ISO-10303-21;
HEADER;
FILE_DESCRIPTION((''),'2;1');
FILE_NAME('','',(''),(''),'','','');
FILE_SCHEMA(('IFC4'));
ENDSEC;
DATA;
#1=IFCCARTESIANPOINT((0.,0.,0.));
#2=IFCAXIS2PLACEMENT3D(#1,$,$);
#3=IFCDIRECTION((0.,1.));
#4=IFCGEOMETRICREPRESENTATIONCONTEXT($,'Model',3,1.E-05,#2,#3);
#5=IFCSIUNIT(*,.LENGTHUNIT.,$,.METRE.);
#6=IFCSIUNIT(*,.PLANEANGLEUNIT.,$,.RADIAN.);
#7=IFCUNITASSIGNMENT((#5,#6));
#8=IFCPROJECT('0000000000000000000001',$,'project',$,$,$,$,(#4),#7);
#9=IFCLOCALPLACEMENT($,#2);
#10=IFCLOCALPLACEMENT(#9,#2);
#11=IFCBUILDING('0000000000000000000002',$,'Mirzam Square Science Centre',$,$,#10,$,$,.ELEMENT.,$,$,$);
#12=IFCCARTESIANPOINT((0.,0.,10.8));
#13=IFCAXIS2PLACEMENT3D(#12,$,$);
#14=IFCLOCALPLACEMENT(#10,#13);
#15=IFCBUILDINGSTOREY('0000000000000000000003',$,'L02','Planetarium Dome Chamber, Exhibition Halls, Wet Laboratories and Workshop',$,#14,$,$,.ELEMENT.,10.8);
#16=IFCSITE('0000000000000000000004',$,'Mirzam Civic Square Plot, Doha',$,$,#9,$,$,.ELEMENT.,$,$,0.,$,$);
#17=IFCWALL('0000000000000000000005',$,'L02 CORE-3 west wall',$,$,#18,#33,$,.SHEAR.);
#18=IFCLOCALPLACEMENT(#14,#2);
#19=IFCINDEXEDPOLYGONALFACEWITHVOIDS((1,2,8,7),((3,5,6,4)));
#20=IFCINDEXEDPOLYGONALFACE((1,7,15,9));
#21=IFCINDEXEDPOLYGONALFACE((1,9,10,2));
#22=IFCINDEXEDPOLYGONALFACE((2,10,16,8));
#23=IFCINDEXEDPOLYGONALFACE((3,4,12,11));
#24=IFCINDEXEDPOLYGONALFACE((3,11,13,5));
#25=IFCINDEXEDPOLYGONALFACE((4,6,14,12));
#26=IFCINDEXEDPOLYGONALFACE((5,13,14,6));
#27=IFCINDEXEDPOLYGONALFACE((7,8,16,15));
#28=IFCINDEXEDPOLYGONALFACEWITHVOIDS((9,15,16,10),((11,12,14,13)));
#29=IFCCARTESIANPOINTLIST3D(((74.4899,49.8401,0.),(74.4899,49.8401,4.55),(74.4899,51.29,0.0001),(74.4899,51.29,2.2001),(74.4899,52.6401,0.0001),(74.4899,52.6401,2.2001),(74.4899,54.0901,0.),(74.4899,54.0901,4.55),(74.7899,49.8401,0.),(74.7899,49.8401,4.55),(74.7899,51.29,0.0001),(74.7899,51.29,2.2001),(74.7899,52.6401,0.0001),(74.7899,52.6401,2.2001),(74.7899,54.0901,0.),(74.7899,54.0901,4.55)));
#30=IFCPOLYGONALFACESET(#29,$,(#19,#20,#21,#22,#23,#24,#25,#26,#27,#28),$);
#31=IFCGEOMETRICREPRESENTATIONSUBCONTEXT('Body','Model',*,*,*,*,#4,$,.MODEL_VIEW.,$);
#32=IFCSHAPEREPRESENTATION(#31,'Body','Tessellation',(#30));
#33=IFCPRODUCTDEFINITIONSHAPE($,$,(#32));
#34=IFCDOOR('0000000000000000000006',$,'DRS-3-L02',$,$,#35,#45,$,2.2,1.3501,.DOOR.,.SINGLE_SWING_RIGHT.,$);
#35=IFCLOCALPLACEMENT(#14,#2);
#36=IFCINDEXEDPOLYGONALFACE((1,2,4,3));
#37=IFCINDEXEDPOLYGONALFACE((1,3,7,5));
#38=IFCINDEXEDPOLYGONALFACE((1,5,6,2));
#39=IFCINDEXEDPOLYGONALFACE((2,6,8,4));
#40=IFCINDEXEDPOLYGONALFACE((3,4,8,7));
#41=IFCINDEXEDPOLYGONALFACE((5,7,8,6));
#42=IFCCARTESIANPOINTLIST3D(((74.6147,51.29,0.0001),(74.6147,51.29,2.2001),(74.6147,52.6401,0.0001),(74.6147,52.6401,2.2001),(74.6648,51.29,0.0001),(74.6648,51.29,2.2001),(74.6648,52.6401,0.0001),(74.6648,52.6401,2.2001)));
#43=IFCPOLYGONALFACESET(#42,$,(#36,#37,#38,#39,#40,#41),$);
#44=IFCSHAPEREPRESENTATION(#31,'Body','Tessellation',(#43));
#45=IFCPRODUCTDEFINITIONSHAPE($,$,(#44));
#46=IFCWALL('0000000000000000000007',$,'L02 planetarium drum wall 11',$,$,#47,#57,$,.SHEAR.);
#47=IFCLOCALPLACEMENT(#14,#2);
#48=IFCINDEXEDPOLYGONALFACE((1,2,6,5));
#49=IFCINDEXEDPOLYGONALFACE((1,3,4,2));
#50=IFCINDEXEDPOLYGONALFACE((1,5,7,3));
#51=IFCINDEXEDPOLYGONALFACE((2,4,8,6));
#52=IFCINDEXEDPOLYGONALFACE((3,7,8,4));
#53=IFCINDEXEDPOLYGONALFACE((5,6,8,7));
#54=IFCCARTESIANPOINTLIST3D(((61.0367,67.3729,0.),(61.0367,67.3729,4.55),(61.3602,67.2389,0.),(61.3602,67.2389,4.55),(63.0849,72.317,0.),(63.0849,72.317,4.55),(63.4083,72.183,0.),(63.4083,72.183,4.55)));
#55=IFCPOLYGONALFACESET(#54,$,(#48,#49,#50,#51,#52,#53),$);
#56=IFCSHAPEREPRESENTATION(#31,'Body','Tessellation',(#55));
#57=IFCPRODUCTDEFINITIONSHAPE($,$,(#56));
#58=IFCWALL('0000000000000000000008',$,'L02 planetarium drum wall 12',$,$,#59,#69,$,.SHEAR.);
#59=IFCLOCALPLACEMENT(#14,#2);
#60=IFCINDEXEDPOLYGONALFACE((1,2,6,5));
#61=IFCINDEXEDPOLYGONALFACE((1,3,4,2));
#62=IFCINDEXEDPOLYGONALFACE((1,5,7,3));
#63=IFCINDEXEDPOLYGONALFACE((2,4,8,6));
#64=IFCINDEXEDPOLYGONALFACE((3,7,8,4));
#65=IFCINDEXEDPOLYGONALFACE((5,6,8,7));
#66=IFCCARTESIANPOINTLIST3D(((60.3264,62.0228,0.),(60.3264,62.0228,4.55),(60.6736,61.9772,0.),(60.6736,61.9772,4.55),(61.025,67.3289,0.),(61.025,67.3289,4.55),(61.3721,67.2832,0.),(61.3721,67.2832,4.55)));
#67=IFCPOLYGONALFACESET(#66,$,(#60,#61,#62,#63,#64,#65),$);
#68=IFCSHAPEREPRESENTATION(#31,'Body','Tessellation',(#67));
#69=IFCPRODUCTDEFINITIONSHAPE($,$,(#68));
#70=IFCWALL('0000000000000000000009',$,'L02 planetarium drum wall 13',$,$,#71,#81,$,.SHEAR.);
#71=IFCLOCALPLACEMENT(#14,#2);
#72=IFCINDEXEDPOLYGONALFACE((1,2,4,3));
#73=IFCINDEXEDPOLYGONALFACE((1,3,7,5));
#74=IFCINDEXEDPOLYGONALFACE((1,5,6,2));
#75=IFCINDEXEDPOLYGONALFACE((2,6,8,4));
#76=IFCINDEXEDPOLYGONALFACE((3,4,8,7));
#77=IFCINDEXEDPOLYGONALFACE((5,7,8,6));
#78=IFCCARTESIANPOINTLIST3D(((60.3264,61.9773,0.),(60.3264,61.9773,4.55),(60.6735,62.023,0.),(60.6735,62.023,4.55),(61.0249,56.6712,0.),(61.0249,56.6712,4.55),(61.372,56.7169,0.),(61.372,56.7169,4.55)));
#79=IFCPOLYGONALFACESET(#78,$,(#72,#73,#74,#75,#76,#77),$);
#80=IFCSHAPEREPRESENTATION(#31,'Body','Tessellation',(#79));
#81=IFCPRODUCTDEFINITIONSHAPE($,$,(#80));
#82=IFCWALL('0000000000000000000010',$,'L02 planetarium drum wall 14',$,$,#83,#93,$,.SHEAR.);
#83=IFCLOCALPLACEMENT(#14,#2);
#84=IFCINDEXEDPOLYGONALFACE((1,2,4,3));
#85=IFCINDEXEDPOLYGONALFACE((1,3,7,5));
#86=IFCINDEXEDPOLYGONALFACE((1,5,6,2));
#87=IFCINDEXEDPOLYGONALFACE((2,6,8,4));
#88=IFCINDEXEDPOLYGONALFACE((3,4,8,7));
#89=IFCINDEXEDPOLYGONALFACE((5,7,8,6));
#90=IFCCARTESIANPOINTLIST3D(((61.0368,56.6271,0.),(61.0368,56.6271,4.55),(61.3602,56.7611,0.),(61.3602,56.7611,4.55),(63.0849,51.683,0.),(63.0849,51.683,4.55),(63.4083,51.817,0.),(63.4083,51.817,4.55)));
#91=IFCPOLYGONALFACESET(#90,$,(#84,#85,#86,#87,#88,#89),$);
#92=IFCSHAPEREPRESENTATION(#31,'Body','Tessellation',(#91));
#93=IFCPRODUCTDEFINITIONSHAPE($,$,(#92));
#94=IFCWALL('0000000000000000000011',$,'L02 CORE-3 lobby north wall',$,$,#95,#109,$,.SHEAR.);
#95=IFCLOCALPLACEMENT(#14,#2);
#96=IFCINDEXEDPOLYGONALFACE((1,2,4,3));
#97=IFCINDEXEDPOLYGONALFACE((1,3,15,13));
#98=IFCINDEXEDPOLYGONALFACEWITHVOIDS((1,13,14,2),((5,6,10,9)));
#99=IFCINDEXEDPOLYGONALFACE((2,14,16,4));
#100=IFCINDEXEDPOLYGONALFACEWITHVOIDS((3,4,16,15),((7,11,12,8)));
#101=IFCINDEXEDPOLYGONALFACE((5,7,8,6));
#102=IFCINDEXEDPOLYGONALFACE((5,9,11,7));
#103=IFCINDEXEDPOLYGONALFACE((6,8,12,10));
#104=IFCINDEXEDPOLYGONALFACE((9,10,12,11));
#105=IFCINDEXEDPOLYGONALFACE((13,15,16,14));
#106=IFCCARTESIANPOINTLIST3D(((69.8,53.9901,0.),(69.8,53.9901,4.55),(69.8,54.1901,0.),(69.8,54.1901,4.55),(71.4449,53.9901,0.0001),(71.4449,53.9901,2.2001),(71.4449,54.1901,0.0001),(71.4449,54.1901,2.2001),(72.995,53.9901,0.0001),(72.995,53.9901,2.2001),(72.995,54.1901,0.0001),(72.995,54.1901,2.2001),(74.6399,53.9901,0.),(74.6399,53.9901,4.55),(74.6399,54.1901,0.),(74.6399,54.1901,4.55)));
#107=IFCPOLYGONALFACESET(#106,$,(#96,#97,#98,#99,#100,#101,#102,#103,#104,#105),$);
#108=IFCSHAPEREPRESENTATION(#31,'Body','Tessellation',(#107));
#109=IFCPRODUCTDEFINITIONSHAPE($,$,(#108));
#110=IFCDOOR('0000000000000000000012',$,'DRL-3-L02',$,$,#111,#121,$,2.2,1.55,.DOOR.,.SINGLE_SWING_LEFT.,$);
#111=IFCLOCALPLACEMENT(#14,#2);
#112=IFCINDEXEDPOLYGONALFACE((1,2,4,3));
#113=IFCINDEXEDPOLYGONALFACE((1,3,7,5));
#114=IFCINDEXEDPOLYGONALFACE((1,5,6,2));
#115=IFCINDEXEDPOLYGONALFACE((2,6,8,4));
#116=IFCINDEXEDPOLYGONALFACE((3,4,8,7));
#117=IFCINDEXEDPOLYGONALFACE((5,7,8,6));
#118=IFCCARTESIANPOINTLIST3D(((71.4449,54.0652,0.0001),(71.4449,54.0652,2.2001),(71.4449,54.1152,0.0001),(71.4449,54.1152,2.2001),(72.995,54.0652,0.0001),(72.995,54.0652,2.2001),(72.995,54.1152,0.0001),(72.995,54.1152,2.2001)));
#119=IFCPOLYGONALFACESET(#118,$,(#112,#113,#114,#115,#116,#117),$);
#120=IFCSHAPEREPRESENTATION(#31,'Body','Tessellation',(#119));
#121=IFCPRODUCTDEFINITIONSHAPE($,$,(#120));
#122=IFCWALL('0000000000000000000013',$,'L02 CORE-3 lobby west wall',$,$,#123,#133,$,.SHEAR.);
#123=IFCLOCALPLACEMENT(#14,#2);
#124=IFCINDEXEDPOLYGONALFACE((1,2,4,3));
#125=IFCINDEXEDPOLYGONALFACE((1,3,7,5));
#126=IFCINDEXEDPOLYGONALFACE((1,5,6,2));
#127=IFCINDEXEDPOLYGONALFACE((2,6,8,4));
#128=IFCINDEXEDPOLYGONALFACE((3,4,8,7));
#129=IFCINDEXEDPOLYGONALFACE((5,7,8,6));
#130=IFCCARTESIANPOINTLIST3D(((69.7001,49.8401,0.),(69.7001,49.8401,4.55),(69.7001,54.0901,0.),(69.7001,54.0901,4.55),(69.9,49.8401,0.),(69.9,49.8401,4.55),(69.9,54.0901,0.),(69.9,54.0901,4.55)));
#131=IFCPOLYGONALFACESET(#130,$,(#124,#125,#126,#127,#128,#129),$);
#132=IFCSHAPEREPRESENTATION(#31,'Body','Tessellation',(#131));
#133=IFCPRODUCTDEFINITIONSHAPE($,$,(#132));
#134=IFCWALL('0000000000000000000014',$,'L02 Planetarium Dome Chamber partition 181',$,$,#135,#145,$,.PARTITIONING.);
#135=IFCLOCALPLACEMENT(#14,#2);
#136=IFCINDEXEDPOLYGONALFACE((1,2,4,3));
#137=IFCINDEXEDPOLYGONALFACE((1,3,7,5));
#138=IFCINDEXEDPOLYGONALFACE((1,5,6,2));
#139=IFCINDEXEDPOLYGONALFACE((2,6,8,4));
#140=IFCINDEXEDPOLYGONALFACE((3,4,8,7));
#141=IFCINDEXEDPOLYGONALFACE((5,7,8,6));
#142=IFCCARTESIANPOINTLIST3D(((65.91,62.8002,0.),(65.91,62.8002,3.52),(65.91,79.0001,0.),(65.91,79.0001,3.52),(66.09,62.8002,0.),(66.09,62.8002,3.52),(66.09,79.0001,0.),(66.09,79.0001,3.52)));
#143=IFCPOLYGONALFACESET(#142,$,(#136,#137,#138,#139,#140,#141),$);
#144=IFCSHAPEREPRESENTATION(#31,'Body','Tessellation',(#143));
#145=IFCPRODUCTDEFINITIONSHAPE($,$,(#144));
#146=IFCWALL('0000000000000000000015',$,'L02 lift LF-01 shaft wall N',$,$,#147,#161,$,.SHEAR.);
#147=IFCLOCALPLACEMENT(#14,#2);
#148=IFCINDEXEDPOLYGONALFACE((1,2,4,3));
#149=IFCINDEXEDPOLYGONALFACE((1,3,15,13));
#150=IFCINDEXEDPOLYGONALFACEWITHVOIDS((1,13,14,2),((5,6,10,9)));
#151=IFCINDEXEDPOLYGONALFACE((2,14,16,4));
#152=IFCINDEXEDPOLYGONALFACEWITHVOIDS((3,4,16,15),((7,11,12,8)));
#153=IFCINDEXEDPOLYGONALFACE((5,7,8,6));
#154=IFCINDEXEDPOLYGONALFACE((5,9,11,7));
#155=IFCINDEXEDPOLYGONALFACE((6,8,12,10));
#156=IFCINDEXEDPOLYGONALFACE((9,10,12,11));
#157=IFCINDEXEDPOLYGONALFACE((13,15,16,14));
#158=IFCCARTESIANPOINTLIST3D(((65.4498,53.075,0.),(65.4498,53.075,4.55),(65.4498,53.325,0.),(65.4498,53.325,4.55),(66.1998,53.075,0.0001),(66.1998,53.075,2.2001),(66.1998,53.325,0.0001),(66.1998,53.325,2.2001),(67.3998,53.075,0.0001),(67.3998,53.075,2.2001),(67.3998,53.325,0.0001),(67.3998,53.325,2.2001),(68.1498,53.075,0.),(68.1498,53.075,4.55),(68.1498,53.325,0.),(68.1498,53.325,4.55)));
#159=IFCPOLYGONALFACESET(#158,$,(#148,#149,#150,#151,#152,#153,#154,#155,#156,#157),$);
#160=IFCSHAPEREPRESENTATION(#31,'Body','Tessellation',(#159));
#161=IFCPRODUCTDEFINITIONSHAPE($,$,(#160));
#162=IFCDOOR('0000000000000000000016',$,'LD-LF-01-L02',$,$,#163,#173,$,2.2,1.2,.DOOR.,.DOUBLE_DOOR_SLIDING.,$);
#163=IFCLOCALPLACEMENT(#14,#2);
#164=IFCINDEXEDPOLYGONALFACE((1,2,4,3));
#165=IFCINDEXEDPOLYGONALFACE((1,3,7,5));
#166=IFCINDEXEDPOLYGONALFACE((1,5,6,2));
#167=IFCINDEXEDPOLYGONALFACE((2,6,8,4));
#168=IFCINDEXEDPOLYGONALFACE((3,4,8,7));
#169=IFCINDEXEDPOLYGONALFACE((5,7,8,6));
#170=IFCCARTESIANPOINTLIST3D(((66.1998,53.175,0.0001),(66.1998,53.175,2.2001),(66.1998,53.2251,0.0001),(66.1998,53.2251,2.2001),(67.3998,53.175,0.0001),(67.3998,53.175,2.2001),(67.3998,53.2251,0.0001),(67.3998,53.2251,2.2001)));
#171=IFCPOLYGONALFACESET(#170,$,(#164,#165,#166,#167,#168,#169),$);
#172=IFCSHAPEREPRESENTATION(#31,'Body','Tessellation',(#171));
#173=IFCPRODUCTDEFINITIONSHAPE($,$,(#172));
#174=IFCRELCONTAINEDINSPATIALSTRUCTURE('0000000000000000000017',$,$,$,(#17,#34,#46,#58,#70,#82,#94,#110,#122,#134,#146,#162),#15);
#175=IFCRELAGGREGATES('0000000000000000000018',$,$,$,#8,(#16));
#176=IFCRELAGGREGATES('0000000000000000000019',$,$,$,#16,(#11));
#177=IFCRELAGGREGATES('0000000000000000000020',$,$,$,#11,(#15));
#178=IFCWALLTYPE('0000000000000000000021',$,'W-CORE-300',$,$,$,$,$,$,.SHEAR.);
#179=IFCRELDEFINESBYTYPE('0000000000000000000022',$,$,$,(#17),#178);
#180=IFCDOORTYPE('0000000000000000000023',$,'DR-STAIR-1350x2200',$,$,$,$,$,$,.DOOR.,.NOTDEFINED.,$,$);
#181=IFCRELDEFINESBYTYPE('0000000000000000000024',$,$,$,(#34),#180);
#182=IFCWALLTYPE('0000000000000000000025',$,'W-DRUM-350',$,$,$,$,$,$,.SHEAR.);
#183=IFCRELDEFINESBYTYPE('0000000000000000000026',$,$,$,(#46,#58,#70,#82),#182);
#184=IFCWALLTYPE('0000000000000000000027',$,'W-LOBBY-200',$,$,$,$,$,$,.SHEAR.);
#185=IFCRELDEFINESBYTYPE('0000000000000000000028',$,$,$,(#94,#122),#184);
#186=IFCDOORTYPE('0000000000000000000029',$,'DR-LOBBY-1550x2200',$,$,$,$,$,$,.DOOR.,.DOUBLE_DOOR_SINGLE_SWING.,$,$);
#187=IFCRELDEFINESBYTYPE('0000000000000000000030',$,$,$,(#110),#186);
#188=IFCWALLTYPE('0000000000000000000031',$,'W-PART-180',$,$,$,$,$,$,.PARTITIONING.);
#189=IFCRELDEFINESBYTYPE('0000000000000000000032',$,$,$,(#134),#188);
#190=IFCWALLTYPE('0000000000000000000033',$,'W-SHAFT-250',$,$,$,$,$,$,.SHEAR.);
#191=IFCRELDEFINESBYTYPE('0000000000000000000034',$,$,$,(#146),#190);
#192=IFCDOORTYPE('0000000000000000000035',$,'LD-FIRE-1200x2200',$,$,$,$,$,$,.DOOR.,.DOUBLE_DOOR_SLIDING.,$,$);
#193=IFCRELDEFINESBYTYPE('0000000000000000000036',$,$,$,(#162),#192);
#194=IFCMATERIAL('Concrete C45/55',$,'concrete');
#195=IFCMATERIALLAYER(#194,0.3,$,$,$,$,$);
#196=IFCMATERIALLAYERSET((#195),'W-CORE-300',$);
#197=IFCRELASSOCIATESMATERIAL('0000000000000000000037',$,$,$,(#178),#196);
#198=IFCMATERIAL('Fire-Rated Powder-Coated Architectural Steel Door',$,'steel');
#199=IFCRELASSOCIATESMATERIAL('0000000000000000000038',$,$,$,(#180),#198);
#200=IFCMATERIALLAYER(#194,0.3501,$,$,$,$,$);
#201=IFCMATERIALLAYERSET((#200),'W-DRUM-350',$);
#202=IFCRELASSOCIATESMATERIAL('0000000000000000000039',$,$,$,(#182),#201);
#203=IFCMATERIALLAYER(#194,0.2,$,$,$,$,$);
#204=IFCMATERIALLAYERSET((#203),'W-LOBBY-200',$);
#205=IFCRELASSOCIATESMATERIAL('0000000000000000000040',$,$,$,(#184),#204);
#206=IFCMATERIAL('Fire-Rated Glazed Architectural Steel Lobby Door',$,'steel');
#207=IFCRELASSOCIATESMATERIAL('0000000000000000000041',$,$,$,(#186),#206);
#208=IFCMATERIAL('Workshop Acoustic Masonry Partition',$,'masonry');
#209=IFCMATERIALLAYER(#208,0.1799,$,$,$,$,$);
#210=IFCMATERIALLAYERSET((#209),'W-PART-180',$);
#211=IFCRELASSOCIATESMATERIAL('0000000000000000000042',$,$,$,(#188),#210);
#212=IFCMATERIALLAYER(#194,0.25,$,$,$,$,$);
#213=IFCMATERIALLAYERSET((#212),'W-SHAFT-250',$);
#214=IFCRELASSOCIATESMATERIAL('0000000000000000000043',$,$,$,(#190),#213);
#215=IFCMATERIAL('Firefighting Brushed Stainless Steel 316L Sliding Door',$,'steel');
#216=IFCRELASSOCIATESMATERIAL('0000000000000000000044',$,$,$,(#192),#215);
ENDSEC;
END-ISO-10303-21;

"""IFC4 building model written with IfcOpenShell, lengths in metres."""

from ifc_helpers import new_model, si_unit, direction, frame, frame_2d, origin, place, context, subcontext, project, spatial, rectangle, extrude, material, layer, layer_set, type_object, element, fill, save


model = new_model("IFC4")

# Units and contexts
model_context = context("Model", 3, precision=1e-05, world=origin(), true_north=direction((0.0, 1.0)))
body_context = subcontext(model_context, "Body", "Model", "MODEL_VIEW")
ifc_project = project(units=[si_unit("LENGTHUNIT", "METRE"), si_unit("PLANEANGLEUNIT", "RADIAN")], contexts=[model_context])

# Site, building, storey
site_placement = place(None, origin())
site = spatial("IfcSite", under=ifc_project, at=site_placement, Name="Mirzam Civic Square Plot, Doha", CompositionType="ELEMENT", RefElevation=0.0)
building_placement = place(site_placement, origin())
building = spatial("IfcBuilding", under=site, at=building_placement, Name="Mirzam Square Science Centre", CompositionType="ELEMENT")
storey_placement = place(building_placement, frame((0.0, 0.0, 10.8)))
storey = spatial("IfcBuildingStorey", under=building, at=storey_placement, Name="L02", Description="Planetarium Dome Chamber, Exhibition Halls, Wet Laboratories and Workshop", CompositionType="ELEMENT", Elevation=10.8)

# Shared definitions
ifc_material_1 = material(Name="Concrete C45/55", Category="concrete")

# Shared definitions
ifc_layer_1 = layer(ifc_material_1, 0.3)
ifc_layer_set_1 = layer_set([ifc_layer_1], Name="W-CORE-300")
wall_type_1 = type_object("IfcWallType", Name="W-CORE-300", PredefinedType="SHEAR", material=ifc_layer_set_1)

# Wall, opening, door
wall_1_placement = place(storey_placement, frame((74.6399, 54.0901, 0.0), z_axis=(0.0, 0.0, 1.0), x_axis=(0.0, -1.0, 0.0)))
wall_1 = element("IfcWall", 1, at=wall_1_placement, inside=storey, type_object=wall_type_1, Name="L02 CORE-3 west wall", PredefinedType="SHEAR", context=body_context, shape_type="SweptSolid", body=[
    extrude(rectangle(XDim=4.25, YDim=0.3, at=frame_2d((2.125, 0.0))), origin(), (0.0, 0.0, 1.0), 4.55),
])
opening_1_placement = place(wall_1_placement, frame((1.45, 0.0, 0.0)))
opening_1 = element("IfcOpeningElement", 2, at=opening_1_placement, cuts=wall_1, PredefinedType="OPENING", context=body_context, shape_type="SweptSolid", body=[
    extrude(rectangle(XDim=1.3501, YDim=2.2, at=frame_2d((0.675, 1.1001))), frame((0.0, 0.1599, 0.0), z_axis=(0.0, -1.0, 0.0), x_axis=(1.0, 0.0, 0.0)), (0.0, 0.0, 1.0), 0.3201),
])
ifc_material_2 = material(Name="Fire-Rated Powder-Coated Architectural Steel Door", Category="steel")
door_type_1 = type_object("IfcDoorType", Name="DR-STAIR-1350x2200", OperationType="NOTDEFINED", PredefinedType="DOOR", material=ifc_material_2)
door_1_placement = place(opening_1_placement, origin())
door_1 = element("IfcDoor", 3, at=door_1_placement, inside=storey, type_object=door_type_1, Name="DRS-3-L02", OperationType="SINGLE_SWING_RIGHT", OverallHeight=2.2, OverallWidth=1.3501, PredefinedType="DOOR", context=body_context, shape_type="SweptSolid", body=[
    extrude(rectangle(XDim=1.3501, YDim=2.2, at=frame_2d((0.675, 1.1001))), frame((0.0, 0.0249, 0.0), z_axis=(0.0, -1.0, 0.0), x_axis=(1.0, 0.0, 0.0)), (0.0, 0.0, 1.0), 0.05),
])
fill(opening_1, door_1)

# Walls
ifc_layer_2 = layer(ifc_material_1, 0.3501)
ifc_layer_set_2 = layer_set([ifc_layer_2], Name="W-DRUM-350")
wall_type_2 = type_object("IfcWallType", Name="W-DRUM-350", PredefinedType="SHEAR", material=ifc_layer_set_2)
wall_2_placement = place(storey_placement, frame((63.2466, 72.25, 0.0), z_axis=(0.0, 0.0, 1.0), x_axis=(-0.382713, -0.923867, 0.0)))
element("IfcWall", 4, at=wall_2_placement, inside=storey, type_object=wall_type_2, Name="L02 planetarium drum wall 11", PredefinedType="SHEAR", context=body_context, shape_type="SweptSolid", body=[
    extrude(rectangle(XDim=5.3516, YDim=0.3501, at=frame_2d((2.6758, 0.0))), origin(), (0.0, 0.0, 1.0), 4.55),
])
for number, where, z_axis, x_axis, name in (
    (5, (61.1985, 67.3059, 0.0), (0.0, 0.0, 1.0), (-0.130517, -0.991446, 0.0), "L02 planetarium drum wall 12"),
    (6, (60.5, 62.0, 0.0), (0.0, 0.0, 1.0), (0.130517, -0.991446, 0.0), "L02 planetarium drum wall 13"),
):
    element("IfcWall", number, at=place(storey_placement, frame(where, z_axis=z_axis, x_axis=x_axis)), inside=storey, type_object=wall_type_2, Name=name, PredefinedType="SHEAR", context=body_context, shape_type="SweptSolid", body=[
        extrude(rectangle(XDim=5.3518, YDim=0.3501, at=frame_2d((2.6758, 0.0))), origin(), (0.0, 0.0, 1.0), 4.55),
    ])
wall_3_placement = place(storey_placement, frame((61.1985, 56.6941, 0.0), z_axis=(0.0, 0.0, 1.0), x_axis=(0.382713, -0.923867, 0.0)))
element("IfcWall", 7, at=wall_3_placement, inside=storey, type_object=wall_type_2, Name="L02 planetarium drum wall 14", PredefinedType="SHEAR", context=body_context, shape_type="SweptSolid", body=[
    extrude(rectangle(XDim=5.3516, YDim=0.3501, at=frame_2d((2.6758, 0.0))), origin(), (0.0, 0.0, 1.0), 4.55),
])

# Wall, opening, door
ifc_layer_3 = layer(ifc_material_1, 0.2)
ifc_layer_set_3 = layer_set([ifc_layer_3], Name="W-LOBBY-200")
wall_type_3 = type_object("IfcWallType", Name="W-LOBBY-200", PredefinedType="SHEAR", material=ifc_layer_set_3)
wall_4_placement = place(storey_placement, frame((74.6399, 54.0901, 0.0), z_axis=(0.0, 0.0, 1.0), x_axis=(-1.0, 0.0, 0.0)))
wall_4 = element("IfcWall", 8, at=wall_4_placement, inside=storey, type_object=wall_type_3, Name="L02 CORE-3 lobby north wall", PredefinedType="SHEAR", context=body_context, shape_type="SweptSolid", body=[
    extrude(rectangle(XDim=4.8398, YDim=0.2, at=frame_2d((2.4199, 0.0))), origin(), (0.0, 0.0, 1.0), 4.55),
])
opening_2_placement = place(wall_4_placement, frame((1.645, 0.0, 0.0)))
opening_2 = element("IfcOpeningElement", 9, at=opening_2_placement, cuts=wall_4, PredefinedType="OPENING", context=body_context, shape_type="SweptSolid", body=[
    extrude(rectangle(XDim=1.55, YDim=2.2, at=frame_2d((0.7749, 1.1001))), frame((0.0, 0.1099, 0.0), z_axis=(0.0, -1.0, 0.0), x_axis=(1.0, 0.0, 0.0)), (0.0, 0.0, 1.0), 0.22),
])
ifc_material_3 = material(Name="Fire-Rated Glazed Architectural Steel Lobby Door", Category="steel")
door_type_2 = type_object("IfcDoorType", Name="DR-LOBBY-1550x2200", OperationType="DOUBLE_DOOR_SINGLE_SWING", PredefinedType="DOOR", material=ifc_material_3)
door_2_placement = place(opening_2_placement, origin())
door_2 = element("IfcDoor", 10, at=door_2_placement, inside=storey, type_object=door_type_2, Name="DRL-3-L02", OperationType="SINGLE_SWING_LEFT", OverallHeight=2.2, OverallWidth=1.55, PredefinedType="DOOR", context=body_context, shape_type="SweptSolid", body=[
    extrude(rectangle(XDim=1.55, YDim=2.2, at=frame_2d((0.7749, 1.1001))), frame((0.0, 0.0249, 0.0), z_axis=(0.0, -1.0, 0.0), x_axis=(1.0, 0.0, 0.0)), (0.0, 0.0, 1.0), 0.05),
])
fill(opening_2, door_2)

# Walls
wall_5_placement = place(storey_placement, frame((69.8, 54.0901, 0.0), z_axis=(0.0, 0.0, 1.0), x_axis=(0.0, -1.0, 0.0)))
element("IfcWall", 11, at=wall_5_placement, inside=storey, type_object=wall_type_3, Name="L02 CORE-3 lobby west wall", PredefinedType="SHEAR", context=body_context, shape_type="SweptSolid", body=[
    extrude(rectangle(XDim=4.25, YDim=0.2, at=frame_2d((2.125, 0.0))), origin(), (0.0, 0.0, 1.0), 4.55),
])
ifc_material_4 = material(Name="Workshop Acoustic Masonry Partition", Category="masonry")
ifc_layer_4 = layer(ifc_material_4, 0.1799)
ifc_layer_set_4 = layer_set([ifc_layer_4], Name="W-PART-180")
wall_type_4 = type_object("IfcWallType", Name="W-PART-180", PredefinedType="PARTITIONING", material=ifc_layer_set_4)
wall_6_placement = place(storey_placement, frame((66.0, 62.8, 0.0), z_axis=(0.0, 0.0, 1.0), x_axis=(0.0, 1.0, 0.0)))
element("IfcWall", 12, at=wall_6_placement, inside=storey, type_object=wall_type_4, Name="L02 Planetarium Dome Chamber partition 181", PredefinedType="PARTITIONING", context=body_context, shape_type="SweptSolid", body=[
    extrude(rectangle(XDim=16.2, YDim=0.1799, at=frame_2d((8.1001, 0.0))), origin(), (0.0, 0.0, 1.0), 3.52),
])

# Wall, opening, door
ifc_layer_5 = layer(ifc_material_1, 0.25)
ifc_layer_set_5 = layer_set([ifc_layer_5], Name="W-SHAFT-250")
wall_type_5 = type_object("IfcWallType", Name="W-SHAFT-250", PredefinedType="SHEAR", material=ifc_layer_set_5)
wall_7_placement = place(storey_placement, frame((68.1499, 53.2, 0.0), z_axis=(0.0, 0.0, 1.0), x_axis=(-1.0, 0.0, 0.0)))
wall_7 = element("IfcWall", 13, at=wall_7_placement, inside=storey, type_object=wall_type_5, Name="L02 lift LF-01 shaft wall N", PredefinedType="SHEAR", context=body_context, shape_type="SweptSolid", body=[
    extrude(rectangle(XDim=2.7, YDim=0.25, at=frame_2d((1.3501, 0.0))), origin(), (0.0, 0.0, 1.0), 4.55),
])
opening_3_placement = place(wall_7_placement, frame((0.75, 0.0, 0.0)))
opening_3 = element("IfcOpeningElement", 14, at=opening_3_placement, cuts=wall_7, PredefinedType="OPENING", context=body_context, shape_type="SweptSolid", body=[
    extrude(rectangle(XDim=1.2, YDim=2.2, at=frame_2d((0.6001, 1.1001))), frame((0.0, 0.135, 0.0), z_axis=(0.0, -1.0, 0.0), x_axis=(1.0, 0.0, 0.0)), (0.0, 0.0, 1.0), 0.27),
])
ifc_material_5 = material(Name="Firefighting Brushed Stainless Steel 316L Sliding Door", Category="steel")
door_type_3 = type_object("IfcDoorType", Name="LD-FIRE-1200x2200", OperationType="DOUBLE_DOOR_SLIDING", PredefinedType="DOOR", material=ifc_material_5)
door_3_placement = place(opening_3_placement, origin())
door_3 = element("IfcDoor", 15, at=door_3_placement, inside=storey, type_object=door_type_3, Name="LD-LF-01-L02", OperationType="DOUBLE_DOOR_SLIDING", OverallHeight=2.2, OverallWidth=1.2, PredefinedType="DOOR", context=body_context, shape_type="SweptSolid", body=[
    extrude(rectangle(XDim=1.2, YDim=2.2, at=frame_2d((0.6001, 1.1001))), frame((0.0, 0.0249, 0.0), z_axis=(0.0, -1.0, 0.0), x_axis=(1.0, 0.0, 0.0)), (0.0, 0.0, 1.0), 0.05),
])
fill(opening_3, door_3)

save(model, "model.ifc")
